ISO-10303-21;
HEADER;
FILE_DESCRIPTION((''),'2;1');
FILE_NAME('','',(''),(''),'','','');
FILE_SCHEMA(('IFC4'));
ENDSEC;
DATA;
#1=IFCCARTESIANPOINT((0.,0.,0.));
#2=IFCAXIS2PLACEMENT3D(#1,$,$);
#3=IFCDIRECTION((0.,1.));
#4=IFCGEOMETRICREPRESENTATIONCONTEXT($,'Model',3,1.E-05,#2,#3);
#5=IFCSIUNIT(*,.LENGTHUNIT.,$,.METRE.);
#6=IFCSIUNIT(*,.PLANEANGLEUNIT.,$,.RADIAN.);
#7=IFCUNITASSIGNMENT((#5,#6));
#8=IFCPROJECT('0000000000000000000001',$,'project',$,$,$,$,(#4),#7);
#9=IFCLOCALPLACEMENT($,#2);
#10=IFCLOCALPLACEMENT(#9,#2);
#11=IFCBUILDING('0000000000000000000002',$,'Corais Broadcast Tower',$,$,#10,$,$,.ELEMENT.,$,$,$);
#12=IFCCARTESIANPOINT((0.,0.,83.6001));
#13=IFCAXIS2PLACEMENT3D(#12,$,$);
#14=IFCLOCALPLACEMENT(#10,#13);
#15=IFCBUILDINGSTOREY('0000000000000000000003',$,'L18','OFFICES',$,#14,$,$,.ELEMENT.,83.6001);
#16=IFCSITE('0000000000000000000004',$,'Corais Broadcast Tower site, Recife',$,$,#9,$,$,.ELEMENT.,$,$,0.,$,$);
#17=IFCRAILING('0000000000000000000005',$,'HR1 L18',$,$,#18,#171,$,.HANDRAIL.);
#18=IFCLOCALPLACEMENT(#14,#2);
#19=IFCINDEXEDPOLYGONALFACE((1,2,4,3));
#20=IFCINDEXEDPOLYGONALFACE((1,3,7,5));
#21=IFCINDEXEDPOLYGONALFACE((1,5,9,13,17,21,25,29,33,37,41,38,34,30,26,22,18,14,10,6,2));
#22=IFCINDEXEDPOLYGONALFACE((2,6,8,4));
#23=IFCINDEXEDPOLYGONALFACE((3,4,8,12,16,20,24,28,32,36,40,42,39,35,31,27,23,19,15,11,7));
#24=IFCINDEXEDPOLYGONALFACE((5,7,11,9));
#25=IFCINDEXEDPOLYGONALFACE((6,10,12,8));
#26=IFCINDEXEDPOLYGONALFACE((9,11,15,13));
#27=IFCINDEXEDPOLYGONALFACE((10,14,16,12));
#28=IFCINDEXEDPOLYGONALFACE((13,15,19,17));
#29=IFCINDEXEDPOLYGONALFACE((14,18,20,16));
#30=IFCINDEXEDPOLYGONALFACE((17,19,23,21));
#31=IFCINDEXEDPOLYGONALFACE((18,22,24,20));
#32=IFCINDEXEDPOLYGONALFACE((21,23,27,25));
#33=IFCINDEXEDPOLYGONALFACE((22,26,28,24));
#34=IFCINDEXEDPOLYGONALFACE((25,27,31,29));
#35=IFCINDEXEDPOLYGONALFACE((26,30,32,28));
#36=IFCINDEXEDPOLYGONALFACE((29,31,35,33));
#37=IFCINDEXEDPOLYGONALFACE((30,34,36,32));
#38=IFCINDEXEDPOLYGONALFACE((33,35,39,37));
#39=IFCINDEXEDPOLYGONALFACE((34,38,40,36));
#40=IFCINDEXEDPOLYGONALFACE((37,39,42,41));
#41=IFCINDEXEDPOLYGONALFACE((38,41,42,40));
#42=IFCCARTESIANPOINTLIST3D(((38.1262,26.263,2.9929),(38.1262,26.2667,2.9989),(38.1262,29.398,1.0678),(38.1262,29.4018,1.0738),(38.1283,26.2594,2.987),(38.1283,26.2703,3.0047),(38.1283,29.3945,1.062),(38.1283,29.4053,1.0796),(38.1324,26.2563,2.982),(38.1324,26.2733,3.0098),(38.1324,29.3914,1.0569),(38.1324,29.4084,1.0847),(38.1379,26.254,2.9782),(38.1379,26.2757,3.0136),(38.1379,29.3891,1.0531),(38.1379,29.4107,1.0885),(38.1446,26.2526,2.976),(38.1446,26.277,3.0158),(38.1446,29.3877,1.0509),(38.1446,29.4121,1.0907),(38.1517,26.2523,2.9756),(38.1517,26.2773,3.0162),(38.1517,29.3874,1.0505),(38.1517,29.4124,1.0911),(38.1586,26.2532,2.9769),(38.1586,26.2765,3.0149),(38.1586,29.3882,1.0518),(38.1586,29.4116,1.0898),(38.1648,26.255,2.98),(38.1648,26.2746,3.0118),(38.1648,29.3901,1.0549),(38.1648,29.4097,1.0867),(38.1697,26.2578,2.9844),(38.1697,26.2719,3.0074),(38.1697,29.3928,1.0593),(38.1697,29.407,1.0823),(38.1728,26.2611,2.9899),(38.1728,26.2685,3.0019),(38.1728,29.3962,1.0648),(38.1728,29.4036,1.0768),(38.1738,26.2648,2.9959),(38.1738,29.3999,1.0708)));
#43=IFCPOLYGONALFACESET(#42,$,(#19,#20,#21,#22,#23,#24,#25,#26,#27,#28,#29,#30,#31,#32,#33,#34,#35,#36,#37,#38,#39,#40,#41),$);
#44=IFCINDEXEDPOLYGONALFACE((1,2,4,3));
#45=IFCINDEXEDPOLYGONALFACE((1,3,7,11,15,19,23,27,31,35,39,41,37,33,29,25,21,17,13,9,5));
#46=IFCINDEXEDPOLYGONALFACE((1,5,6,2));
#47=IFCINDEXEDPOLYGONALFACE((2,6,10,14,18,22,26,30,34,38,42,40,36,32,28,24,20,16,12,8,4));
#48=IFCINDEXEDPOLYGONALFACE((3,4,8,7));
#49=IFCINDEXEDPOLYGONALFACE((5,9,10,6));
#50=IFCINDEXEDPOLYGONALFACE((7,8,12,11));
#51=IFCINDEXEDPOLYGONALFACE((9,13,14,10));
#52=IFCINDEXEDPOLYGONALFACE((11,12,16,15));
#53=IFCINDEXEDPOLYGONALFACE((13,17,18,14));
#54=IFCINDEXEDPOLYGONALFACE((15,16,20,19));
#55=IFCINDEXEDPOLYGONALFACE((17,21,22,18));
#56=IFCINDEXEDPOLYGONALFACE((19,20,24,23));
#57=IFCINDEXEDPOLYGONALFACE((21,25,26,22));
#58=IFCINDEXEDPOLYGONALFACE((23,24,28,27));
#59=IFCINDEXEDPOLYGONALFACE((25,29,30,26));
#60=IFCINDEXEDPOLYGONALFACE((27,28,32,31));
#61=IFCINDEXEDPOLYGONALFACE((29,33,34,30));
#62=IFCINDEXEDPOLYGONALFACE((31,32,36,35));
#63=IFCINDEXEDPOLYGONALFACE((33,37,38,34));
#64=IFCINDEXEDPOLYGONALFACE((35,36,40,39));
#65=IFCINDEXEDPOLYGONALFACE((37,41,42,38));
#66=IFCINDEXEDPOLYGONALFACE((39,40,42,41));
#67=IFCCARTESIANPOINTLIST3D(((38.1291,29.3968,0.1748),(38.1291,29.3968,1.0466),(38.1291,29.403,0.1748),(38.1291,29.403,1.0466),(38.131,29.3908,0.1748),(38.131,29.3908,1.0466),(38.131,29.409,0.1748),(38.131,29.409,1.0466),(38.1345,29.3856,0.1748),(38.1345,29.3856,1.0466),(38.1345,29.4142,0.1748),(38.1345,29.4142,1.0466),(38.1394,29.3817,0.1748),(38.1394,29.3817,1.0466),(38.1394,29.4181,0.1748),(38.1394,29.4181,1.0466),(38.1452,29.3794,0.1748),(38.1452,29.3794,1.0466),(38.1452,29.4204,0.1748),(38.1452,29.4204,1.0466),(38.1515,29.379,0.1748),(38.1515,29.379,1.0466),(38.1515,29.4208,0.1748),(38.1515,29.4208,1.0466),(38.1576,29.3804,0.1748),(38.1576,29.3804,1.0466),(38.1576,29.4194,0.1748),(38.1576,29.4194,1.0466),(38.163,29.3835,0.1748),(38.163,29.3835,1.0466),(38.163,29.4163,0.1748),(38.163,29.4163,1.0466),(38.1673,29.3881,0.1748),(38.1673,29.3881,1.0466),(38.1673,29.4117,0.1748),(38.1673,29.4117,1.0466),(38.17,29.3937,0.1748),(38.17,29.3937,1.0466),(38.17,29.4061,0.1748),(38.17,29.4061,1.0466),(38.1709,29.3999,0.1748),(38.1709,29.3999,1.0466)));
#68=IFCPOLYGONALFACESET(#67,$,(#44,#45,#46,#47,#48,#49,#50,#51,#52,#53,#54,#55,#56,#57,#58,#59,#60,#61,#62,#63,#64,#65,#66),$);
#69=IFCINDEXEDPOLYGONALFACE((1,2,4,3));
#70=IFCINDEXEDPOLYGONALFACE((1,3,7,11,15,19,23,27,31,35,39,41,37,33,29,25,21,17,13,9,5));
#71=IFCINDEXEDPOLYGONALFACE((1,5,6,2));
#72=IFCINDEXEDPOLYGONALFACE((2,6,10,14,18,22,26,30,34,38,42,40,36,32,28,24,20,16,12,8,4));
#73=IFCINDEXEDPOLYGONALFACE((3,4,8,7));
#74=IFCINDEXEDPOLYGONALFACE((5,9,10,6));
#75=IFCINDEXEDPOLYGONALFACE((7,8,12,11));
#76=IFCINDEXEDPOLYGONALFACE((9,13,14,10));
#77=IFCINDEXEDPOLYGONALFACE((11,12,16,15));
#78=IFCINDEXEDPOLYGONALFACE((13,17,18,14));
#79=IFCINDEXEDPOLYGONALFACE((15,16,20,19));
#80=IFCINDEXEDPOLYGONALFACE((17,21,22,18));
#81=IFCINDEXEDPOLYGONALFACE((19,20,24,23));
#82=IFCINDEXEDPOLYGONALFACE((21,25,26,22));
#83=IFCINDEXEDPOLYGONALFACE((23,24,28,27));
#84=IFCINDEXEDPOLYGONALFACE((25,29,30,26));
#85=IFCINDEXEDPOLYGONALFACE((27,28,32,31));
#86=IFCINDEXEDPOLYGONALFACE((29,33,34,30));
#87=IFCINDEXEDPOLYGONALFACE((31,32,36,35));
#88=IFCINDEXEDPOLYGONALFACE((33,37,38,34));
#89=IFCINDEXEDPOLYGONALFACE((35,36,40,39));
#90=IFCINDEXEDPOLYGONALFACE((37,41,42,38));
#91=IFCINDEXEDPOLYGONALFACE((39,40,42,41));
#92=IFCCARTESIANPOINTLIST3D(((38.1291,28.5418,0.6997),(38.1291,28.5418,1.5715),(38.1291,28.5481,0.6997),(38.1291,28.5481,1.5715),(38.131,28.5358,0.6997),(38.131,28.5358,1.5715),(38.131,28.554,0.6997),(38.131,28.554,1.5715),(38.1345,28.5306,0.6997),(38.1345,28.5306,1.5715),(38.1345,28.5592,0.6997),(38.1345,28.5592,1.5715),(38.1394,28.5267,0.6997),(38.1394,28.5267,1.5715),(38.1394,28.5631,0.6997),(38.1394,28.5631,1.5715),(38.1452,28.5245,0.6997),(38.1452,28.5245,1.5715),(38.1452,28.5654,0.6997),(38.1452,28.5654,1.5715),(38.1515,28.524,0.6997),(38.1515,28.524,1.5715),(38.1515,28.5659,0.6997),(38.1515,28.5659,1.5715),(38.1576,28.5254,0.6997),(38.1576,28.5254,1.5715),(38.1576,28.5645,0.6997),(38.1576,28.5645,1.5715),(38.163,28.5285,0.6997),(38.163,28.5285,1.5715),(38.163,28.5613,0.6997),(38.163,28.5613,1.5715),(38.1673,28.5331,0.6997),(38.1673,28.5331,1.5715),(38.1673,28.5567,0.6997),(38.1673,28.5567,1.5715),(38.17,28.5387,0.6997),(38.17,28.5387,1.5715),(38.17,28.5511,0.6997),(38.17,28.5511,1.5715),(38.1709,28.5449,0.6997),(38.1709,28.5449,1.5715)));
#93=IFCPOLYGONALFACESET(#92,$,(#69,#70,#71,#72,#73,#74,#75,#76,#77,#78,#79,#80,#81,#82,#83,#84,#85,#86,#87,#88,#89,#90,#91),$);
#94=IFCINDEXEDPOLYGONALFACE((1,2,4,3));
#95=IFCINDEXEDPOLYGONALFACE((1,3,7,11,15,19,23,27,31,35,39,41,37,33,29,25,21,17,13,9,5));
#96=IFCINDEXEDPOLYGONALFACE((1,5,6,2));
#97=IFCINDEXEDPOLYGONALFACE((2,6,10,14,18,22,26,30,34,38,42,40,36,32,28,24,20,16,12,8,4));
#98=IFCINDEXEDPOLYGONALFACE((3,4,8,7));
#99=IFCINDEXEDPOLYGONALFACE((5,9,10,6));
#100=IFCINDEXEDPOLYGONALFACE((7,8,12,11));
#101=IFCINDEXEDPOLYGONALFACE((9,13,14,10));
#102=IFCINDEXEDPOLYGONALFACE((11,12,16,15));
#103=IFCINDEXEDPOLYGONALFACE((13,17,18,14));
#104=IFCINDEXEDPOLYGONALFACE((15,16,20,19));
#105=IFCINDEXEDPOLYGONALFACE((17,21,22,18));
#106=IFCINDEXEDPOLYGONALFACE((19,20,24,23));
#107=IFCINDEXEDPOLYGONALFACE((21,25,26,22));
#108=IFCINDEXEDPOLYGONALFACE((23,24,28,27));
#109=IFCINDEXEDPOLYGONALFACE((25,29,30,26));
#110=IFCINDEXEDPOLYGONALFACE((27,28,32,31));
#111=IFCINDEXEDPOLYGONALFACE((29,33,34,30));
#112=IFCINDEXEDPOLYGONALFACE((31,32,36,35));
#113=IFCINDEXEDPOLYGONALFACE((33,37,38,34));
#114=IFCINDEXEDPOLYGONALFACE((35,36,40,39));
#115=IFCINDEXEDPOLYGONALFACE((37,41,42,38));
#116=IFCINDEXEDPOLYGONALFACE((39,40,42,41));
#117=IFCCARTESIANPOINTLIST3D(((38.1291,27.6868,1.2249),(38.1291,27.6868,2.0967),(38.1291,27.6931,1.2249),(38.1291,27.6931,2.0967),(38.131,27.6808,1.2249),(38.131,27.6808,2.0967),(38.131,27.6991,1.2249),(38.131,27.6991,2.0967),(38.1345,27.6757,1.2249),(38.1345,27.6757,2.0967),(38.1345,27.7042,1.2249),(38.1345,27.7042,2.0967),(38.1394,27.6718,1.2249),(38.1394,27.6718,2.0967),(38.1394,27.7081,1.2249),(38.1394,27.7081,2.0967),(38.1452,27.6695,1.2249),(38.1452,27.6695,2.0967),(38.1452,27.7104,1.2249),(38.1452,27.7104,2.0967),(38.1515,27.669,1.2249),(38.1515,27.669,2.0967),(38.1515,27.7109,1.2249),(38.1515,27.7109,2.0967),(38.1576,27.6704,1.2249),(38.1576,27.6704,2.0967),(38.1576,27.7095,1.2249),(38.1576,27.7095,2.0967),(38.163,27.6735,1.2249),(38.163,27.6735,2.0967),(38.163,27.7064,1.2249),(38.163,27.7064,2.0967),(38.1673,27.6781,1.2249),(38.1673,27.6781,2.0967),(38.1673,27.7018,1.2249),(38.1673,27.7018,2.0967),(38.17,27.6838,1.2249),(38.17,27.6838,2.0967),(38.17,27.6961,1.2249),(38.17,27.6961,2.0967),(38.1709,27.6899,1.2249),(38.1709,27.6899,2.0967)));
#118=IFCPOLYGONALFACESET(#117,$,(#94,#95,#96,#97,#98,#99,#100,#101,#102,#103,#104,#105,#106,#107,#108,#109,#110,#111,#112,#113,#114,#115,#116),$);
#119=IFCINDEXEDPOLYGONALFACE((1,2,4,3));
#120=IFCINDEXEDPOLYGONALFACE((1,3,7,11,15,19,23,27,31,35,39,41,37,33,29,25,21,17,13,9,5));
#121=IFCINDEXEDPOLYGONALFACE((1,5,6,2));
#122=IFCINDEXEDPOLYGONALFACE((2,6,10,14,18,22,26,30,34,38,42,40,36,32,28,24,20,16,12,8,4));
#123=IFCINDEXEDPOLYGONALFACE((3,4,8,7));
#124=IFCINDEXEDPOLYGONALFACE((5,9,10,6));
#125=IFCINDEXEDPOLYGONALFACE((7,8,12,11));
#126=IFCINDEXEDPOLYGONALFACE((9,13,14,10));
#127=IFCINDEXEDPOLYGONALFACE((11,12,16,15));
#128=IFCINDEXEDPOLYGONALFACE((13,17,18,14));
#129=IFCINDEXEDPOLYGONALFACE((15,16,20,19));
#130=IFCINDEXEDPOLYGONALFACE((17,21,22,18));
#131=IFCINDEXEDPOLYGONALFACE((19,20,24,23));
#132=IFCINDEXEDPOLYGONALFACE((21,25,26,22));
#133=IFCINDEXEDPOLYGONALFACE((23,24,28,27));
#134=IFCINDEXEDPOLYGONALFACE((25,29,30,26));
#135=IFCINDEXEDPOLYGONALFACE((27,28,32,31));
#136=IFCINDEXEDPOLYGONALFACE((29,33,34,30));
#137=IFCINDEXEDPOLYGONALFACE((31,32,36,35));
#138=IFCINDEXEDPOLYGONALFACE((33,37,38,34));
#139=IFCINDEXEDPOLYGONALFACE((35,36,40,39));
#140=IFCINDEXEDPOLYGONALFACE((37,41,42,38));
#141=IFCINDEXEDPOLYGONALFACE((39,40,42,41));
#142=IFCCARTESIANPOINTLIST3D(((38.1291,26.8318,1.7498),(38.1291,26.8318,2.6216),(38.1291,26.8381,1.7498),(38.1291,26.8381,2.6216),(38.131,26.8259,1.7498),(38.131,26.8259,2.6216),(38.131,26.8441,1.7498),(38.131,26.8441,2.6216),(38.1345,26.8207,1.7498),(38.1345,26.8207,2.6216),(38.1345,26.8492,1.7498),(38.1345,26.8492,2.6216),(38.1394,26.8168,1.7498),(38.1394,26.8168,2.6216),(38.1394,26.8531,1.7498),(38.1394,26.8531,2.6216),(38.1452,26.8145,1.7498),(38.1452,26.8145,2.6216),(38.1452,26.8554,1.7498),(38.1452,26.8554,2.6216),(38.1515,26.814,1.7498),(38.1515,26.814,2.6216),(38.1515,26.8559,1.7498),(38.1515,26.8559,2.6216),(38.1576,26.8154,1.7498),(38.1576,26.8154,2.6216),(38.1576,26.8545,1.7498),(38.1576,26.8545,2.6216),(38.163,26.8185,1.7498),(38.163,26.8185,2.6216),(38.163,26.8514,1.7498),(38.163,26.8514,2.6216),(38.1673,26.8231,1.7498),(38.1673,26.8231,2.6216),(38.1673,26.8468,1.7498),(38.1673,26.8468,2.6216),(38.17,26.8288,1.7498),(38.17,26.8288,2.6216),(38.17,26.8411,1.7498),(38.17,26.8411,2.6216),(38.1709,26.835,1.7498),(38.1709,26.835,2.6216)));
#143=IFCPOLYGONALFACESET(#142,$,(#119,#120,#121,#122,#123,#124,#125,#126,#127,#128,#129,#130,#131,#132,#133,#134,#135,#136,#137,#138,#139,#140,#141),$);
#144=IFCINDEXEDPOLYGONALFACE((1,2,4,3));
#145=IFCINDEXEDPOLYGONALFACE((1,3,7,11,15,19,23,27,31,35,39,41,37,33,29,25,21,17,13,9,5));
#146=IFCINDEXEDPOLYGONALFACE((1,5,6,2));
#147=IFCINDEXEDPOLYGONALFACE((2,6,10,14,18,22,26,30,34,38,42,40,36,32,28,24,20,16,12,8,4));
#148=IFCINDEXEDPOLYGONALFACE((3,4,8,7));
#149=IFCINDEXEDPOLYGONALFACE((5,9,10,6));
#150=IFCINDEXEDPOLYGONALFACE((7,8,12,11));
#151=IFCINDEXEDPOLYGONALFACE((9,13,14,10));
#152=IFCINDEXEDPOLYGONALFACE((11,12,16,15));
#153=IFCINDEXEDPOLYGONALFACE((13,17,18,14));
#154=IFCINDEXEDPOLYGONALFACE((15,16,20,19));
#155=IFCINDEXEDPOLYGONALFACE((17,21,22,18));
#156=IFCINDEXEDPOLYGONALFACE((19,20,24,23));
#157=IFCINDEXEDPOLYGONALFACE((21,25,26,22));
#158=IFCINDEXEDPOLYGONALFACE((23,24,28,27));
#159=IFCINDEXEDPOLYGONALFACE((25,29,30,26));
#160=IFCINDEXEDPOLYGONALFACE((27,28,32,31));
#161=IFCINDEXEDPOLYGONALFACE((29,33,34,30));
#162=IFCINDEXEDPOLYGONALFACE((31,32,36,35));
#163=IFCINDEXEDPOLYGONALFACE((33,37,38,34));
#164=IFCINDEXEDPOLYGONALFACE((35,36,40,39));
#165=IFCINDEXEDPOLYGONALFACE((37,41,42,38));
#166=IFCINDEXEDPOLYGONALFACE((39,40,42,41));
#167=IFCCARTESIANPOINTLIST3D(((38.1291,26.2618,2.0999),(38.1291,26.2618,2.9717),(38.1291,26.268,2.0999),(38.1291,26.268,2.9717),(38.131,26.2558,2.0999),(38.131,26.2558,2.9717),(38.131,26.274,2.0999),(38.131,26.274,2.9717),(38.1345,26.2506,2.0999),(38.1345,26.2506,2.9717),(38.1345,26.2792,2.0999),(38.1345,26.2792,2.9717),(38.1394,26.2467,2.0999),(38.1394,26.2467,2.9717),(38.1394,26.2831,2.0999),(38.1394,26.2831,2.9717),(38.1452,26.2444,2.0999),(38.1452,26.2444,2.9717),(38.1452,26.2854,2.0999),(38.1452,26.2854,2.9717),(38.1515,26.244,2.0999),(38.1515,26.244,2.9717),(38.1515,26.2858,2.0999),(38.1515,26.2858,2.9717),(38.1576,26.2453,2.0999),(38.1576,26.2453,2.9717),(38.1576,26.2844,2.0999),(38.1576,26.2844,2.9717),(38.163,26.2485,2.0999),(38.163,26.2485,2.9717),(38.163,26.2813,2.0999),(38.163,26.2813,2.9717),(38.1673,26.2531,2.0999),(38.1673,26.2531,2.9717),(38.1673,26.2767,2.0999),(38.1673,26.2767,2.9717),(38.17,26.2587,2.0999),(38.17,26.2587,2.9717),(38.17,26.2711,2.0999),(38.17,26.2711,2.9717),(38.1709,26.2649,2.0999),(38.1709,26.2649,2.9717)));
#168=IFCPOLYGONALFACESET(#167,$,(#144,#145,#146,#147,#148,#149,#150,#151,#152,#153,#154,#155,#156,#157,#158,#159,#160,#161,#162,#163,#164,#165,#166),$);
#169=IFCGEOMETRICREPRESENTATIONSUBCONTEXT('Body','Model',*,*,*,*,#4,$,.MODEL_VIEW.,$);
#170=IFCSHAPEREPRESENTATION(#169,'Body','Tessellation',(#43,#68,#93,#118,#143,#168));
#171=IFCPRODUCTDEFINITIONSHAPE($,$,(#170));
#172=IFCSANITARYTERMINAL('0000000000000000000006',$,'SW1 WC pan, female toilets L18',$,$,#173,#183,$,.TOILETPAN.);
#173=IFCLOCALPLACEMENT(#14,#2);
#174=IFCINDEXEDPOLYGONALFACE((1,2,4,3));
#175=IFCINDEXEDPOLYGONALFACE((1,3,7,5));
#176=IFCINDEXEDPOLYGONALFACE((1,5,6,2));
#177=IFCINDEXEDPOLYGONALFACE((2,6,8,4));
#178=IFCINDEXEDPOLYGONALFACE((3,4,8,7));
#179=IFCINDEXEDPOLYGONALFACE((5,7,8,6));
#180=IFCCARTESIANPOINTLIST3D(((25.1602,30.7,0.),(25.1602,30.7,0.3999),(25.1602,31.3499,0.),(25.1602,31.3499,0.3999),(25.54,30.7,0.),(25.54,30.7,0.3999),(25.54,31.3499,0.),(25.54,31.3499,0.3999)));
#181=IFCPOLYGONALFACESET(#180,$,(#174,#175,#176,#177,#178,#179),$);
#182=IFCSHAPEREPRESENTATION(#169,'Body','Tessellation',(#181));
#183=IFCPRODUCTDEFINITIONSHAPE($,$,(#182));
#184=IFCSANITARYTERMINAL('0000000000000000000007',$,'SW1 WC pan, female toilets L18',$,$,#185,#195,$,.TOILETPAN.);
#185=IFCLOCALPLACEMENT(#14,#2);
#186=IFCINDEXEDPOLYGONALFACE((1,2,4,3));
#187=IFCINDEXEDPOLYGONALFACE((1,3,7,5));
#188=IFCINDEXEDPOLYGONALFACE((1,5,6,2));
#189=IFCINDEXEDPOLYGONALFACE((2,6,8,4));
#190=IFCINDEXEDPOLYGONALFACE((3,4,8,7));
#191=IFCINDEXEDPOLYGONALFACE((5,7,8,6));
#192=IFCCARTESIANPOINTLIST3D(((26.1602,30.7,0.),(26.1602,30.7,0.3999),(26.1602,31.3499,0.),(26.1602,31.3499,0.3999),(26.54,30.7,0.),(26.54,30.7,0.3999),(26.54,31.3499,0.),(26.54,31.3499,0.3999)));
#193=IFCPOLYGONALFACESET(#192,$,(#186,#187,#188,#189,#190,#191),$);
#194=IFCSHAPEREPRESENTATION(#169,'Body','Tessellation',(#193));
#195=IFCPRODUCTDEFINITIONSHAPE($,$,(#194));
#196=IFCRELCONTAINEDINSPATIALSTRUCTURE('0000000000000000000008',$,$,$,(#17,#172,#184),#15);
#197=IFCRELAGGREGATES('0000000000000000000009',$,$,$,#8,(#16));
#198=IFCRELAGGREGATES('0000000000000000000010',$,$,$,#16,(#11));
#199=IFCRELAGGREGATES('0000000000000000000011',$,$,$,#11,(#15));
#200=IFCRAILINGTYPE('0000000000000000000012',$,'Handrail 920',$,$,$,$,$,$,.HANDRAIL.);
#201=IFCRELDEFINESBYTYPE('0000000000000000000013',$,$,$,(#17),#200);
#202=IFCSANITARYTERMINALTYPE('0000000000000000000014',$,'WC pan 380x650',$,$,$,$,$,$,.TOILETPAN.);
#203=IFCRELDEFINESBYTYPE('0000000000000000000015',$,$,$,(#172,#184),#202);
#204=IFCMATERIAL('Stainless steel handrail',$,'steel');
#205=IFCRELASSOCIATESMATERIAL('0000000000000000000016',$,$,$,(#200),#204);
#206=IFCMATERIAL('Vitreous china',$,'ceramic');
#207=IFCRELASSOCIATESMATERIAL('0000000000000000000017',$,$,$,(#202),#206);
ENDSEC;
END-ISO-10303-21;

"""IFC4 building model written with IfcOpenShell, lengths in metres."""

from ifc_helpers import new_model, si_unit, direction, frame, origin, origin_2d, place, context, subcontext, project, spatial, rectangle, circle, extrude, material, type_object, element, save


model = new_model("IFC4")

# Units and contexts
model_context = context("Model", 3, precision=1e-05, world=origin(), true_north=direction((0.0, 1.0)))
body_context = subcontext(model_context, "Body", "Model", "MODEL_VIEW")
ifc_project = project(units=[si_unit("LENGTHUNIT", "METRE"), si_unit("PLANEANGLEUNIT", "RADIAN")], contexts=[model_context])

# Site, building, storey
site_placement = place(None, origin())
site = spatial("IfcSite", under=ifc_project, at=site_placement, Name="Corais Broadcast Tower site, Recife", CompositionType="ELEMENT", RefElevation=0.0)
building_placement = place(site_placement, origin())
building = spatial("IfcBuilding", under=site, at=building_placement, Name="Corais Broadcast Tower", CompositionType="ELEMENT")
storey_placement = place(building_placement, frame((0.0, 0.0, 83.6001)))
storey = spatial("IfcBuildingStorey", under=building, at=storey_placement, Name="L18", Description="OFFICES", CompositionType="ELEMENT", Elevation=83.6001)

# Railing
ifc_material_1 = material(Name="Stainless steel handrail", Category="steel")
railing_type = type_object("IfcRailingType", Name="Handrail 920", PredefinedType="HANDRAIL", material=ifc_material_1)
for number, where, name in (
    (1, (38.1499, 29.3999, 0.1748), "HR1 L18"),
):
    element("IfcRailing", number, at=place(storey_placement, frame(where)), inside=storey, type_object=railing_type, Name=name, PredefinedType="HANDRAIL", context=body_context, shape_type="SweptSolid", body=[
        extrude(circle(Radius=0.0239, at=origin_2d()), frame((0.0, 0.0, 0.896), z_axis=(0.0, -0.852166, 0.523271), x_axis=(1.0, 0.0, 0.0)), (0.0, 0.0, 1.0), 3.679),
        extrude(circle(Radius=0.021, at=origin_2d()), origin(), (0.0, 0.0, 1.0), 0.8718),
        extrude(circle(Radius=0.021, at=origin_2d()), frame((0.0, -0.855, 0.5249)), (0.0, 0.0, 1.0), 0.8718),
        extrude(circle(Radius=0.021, at=origin_2d()), frame((0.0, -1.71, 1.05)), (0.0, 0.0, 1.0), 0.8718),
        extrude(circle(Radius=0.021, at=origin_2d()), frame((0.0, -2.5649, 1.575)), (0.0, 0.0, 1.0), 0.8718),
        extrude(circle(Radius=0.021, at=origin_2d()), frame((0.0, -3.135, 1.925)), (0.0, 0.0, 1.0), 0.8718),
    ])

# Sanitary terminals
ifc_material_2 = material(Name="Vitreous china", Category="ceramic")
sanitary_terminal_type = type_object("IfcSanitaryTerminalType", Name="WC pan 380x650", PredefinedType="TOILETPAN", material=ifc_material_2)
for number, where, z_axis, x_axis, name in (
    (2, (25.3501, 31.0249, 0.0), (0.0, 0.0, 1.0), (1.0, 0.0, 0.0), "SW1 WC pan, female toilets L18"),
    (3, (26.3501, 31.0249, 0.0), (0.0, 0.0, 1.0), (1.0, 0.0, 0.0), "SW1 WC pan, female toilets L18"),
):
    element("IfcSanitaryTerminal", number, at=place(storey_placement, frame(where, z_axis=z_axis, x_axis=x_axis)), inside=storey, type_object=sanitary_terminal_type, Name=name, PredefinedType="TOILETPAN", context=body_context, shape_type="SweptSolid", body=[
        extrude(rectangle(XDim=0.3799, YDim=0.6499, at=origin_2d()), origin(), (0.0, 0.0, 1.0), 0.3999),
    ])

save(model, "model.ifc")
